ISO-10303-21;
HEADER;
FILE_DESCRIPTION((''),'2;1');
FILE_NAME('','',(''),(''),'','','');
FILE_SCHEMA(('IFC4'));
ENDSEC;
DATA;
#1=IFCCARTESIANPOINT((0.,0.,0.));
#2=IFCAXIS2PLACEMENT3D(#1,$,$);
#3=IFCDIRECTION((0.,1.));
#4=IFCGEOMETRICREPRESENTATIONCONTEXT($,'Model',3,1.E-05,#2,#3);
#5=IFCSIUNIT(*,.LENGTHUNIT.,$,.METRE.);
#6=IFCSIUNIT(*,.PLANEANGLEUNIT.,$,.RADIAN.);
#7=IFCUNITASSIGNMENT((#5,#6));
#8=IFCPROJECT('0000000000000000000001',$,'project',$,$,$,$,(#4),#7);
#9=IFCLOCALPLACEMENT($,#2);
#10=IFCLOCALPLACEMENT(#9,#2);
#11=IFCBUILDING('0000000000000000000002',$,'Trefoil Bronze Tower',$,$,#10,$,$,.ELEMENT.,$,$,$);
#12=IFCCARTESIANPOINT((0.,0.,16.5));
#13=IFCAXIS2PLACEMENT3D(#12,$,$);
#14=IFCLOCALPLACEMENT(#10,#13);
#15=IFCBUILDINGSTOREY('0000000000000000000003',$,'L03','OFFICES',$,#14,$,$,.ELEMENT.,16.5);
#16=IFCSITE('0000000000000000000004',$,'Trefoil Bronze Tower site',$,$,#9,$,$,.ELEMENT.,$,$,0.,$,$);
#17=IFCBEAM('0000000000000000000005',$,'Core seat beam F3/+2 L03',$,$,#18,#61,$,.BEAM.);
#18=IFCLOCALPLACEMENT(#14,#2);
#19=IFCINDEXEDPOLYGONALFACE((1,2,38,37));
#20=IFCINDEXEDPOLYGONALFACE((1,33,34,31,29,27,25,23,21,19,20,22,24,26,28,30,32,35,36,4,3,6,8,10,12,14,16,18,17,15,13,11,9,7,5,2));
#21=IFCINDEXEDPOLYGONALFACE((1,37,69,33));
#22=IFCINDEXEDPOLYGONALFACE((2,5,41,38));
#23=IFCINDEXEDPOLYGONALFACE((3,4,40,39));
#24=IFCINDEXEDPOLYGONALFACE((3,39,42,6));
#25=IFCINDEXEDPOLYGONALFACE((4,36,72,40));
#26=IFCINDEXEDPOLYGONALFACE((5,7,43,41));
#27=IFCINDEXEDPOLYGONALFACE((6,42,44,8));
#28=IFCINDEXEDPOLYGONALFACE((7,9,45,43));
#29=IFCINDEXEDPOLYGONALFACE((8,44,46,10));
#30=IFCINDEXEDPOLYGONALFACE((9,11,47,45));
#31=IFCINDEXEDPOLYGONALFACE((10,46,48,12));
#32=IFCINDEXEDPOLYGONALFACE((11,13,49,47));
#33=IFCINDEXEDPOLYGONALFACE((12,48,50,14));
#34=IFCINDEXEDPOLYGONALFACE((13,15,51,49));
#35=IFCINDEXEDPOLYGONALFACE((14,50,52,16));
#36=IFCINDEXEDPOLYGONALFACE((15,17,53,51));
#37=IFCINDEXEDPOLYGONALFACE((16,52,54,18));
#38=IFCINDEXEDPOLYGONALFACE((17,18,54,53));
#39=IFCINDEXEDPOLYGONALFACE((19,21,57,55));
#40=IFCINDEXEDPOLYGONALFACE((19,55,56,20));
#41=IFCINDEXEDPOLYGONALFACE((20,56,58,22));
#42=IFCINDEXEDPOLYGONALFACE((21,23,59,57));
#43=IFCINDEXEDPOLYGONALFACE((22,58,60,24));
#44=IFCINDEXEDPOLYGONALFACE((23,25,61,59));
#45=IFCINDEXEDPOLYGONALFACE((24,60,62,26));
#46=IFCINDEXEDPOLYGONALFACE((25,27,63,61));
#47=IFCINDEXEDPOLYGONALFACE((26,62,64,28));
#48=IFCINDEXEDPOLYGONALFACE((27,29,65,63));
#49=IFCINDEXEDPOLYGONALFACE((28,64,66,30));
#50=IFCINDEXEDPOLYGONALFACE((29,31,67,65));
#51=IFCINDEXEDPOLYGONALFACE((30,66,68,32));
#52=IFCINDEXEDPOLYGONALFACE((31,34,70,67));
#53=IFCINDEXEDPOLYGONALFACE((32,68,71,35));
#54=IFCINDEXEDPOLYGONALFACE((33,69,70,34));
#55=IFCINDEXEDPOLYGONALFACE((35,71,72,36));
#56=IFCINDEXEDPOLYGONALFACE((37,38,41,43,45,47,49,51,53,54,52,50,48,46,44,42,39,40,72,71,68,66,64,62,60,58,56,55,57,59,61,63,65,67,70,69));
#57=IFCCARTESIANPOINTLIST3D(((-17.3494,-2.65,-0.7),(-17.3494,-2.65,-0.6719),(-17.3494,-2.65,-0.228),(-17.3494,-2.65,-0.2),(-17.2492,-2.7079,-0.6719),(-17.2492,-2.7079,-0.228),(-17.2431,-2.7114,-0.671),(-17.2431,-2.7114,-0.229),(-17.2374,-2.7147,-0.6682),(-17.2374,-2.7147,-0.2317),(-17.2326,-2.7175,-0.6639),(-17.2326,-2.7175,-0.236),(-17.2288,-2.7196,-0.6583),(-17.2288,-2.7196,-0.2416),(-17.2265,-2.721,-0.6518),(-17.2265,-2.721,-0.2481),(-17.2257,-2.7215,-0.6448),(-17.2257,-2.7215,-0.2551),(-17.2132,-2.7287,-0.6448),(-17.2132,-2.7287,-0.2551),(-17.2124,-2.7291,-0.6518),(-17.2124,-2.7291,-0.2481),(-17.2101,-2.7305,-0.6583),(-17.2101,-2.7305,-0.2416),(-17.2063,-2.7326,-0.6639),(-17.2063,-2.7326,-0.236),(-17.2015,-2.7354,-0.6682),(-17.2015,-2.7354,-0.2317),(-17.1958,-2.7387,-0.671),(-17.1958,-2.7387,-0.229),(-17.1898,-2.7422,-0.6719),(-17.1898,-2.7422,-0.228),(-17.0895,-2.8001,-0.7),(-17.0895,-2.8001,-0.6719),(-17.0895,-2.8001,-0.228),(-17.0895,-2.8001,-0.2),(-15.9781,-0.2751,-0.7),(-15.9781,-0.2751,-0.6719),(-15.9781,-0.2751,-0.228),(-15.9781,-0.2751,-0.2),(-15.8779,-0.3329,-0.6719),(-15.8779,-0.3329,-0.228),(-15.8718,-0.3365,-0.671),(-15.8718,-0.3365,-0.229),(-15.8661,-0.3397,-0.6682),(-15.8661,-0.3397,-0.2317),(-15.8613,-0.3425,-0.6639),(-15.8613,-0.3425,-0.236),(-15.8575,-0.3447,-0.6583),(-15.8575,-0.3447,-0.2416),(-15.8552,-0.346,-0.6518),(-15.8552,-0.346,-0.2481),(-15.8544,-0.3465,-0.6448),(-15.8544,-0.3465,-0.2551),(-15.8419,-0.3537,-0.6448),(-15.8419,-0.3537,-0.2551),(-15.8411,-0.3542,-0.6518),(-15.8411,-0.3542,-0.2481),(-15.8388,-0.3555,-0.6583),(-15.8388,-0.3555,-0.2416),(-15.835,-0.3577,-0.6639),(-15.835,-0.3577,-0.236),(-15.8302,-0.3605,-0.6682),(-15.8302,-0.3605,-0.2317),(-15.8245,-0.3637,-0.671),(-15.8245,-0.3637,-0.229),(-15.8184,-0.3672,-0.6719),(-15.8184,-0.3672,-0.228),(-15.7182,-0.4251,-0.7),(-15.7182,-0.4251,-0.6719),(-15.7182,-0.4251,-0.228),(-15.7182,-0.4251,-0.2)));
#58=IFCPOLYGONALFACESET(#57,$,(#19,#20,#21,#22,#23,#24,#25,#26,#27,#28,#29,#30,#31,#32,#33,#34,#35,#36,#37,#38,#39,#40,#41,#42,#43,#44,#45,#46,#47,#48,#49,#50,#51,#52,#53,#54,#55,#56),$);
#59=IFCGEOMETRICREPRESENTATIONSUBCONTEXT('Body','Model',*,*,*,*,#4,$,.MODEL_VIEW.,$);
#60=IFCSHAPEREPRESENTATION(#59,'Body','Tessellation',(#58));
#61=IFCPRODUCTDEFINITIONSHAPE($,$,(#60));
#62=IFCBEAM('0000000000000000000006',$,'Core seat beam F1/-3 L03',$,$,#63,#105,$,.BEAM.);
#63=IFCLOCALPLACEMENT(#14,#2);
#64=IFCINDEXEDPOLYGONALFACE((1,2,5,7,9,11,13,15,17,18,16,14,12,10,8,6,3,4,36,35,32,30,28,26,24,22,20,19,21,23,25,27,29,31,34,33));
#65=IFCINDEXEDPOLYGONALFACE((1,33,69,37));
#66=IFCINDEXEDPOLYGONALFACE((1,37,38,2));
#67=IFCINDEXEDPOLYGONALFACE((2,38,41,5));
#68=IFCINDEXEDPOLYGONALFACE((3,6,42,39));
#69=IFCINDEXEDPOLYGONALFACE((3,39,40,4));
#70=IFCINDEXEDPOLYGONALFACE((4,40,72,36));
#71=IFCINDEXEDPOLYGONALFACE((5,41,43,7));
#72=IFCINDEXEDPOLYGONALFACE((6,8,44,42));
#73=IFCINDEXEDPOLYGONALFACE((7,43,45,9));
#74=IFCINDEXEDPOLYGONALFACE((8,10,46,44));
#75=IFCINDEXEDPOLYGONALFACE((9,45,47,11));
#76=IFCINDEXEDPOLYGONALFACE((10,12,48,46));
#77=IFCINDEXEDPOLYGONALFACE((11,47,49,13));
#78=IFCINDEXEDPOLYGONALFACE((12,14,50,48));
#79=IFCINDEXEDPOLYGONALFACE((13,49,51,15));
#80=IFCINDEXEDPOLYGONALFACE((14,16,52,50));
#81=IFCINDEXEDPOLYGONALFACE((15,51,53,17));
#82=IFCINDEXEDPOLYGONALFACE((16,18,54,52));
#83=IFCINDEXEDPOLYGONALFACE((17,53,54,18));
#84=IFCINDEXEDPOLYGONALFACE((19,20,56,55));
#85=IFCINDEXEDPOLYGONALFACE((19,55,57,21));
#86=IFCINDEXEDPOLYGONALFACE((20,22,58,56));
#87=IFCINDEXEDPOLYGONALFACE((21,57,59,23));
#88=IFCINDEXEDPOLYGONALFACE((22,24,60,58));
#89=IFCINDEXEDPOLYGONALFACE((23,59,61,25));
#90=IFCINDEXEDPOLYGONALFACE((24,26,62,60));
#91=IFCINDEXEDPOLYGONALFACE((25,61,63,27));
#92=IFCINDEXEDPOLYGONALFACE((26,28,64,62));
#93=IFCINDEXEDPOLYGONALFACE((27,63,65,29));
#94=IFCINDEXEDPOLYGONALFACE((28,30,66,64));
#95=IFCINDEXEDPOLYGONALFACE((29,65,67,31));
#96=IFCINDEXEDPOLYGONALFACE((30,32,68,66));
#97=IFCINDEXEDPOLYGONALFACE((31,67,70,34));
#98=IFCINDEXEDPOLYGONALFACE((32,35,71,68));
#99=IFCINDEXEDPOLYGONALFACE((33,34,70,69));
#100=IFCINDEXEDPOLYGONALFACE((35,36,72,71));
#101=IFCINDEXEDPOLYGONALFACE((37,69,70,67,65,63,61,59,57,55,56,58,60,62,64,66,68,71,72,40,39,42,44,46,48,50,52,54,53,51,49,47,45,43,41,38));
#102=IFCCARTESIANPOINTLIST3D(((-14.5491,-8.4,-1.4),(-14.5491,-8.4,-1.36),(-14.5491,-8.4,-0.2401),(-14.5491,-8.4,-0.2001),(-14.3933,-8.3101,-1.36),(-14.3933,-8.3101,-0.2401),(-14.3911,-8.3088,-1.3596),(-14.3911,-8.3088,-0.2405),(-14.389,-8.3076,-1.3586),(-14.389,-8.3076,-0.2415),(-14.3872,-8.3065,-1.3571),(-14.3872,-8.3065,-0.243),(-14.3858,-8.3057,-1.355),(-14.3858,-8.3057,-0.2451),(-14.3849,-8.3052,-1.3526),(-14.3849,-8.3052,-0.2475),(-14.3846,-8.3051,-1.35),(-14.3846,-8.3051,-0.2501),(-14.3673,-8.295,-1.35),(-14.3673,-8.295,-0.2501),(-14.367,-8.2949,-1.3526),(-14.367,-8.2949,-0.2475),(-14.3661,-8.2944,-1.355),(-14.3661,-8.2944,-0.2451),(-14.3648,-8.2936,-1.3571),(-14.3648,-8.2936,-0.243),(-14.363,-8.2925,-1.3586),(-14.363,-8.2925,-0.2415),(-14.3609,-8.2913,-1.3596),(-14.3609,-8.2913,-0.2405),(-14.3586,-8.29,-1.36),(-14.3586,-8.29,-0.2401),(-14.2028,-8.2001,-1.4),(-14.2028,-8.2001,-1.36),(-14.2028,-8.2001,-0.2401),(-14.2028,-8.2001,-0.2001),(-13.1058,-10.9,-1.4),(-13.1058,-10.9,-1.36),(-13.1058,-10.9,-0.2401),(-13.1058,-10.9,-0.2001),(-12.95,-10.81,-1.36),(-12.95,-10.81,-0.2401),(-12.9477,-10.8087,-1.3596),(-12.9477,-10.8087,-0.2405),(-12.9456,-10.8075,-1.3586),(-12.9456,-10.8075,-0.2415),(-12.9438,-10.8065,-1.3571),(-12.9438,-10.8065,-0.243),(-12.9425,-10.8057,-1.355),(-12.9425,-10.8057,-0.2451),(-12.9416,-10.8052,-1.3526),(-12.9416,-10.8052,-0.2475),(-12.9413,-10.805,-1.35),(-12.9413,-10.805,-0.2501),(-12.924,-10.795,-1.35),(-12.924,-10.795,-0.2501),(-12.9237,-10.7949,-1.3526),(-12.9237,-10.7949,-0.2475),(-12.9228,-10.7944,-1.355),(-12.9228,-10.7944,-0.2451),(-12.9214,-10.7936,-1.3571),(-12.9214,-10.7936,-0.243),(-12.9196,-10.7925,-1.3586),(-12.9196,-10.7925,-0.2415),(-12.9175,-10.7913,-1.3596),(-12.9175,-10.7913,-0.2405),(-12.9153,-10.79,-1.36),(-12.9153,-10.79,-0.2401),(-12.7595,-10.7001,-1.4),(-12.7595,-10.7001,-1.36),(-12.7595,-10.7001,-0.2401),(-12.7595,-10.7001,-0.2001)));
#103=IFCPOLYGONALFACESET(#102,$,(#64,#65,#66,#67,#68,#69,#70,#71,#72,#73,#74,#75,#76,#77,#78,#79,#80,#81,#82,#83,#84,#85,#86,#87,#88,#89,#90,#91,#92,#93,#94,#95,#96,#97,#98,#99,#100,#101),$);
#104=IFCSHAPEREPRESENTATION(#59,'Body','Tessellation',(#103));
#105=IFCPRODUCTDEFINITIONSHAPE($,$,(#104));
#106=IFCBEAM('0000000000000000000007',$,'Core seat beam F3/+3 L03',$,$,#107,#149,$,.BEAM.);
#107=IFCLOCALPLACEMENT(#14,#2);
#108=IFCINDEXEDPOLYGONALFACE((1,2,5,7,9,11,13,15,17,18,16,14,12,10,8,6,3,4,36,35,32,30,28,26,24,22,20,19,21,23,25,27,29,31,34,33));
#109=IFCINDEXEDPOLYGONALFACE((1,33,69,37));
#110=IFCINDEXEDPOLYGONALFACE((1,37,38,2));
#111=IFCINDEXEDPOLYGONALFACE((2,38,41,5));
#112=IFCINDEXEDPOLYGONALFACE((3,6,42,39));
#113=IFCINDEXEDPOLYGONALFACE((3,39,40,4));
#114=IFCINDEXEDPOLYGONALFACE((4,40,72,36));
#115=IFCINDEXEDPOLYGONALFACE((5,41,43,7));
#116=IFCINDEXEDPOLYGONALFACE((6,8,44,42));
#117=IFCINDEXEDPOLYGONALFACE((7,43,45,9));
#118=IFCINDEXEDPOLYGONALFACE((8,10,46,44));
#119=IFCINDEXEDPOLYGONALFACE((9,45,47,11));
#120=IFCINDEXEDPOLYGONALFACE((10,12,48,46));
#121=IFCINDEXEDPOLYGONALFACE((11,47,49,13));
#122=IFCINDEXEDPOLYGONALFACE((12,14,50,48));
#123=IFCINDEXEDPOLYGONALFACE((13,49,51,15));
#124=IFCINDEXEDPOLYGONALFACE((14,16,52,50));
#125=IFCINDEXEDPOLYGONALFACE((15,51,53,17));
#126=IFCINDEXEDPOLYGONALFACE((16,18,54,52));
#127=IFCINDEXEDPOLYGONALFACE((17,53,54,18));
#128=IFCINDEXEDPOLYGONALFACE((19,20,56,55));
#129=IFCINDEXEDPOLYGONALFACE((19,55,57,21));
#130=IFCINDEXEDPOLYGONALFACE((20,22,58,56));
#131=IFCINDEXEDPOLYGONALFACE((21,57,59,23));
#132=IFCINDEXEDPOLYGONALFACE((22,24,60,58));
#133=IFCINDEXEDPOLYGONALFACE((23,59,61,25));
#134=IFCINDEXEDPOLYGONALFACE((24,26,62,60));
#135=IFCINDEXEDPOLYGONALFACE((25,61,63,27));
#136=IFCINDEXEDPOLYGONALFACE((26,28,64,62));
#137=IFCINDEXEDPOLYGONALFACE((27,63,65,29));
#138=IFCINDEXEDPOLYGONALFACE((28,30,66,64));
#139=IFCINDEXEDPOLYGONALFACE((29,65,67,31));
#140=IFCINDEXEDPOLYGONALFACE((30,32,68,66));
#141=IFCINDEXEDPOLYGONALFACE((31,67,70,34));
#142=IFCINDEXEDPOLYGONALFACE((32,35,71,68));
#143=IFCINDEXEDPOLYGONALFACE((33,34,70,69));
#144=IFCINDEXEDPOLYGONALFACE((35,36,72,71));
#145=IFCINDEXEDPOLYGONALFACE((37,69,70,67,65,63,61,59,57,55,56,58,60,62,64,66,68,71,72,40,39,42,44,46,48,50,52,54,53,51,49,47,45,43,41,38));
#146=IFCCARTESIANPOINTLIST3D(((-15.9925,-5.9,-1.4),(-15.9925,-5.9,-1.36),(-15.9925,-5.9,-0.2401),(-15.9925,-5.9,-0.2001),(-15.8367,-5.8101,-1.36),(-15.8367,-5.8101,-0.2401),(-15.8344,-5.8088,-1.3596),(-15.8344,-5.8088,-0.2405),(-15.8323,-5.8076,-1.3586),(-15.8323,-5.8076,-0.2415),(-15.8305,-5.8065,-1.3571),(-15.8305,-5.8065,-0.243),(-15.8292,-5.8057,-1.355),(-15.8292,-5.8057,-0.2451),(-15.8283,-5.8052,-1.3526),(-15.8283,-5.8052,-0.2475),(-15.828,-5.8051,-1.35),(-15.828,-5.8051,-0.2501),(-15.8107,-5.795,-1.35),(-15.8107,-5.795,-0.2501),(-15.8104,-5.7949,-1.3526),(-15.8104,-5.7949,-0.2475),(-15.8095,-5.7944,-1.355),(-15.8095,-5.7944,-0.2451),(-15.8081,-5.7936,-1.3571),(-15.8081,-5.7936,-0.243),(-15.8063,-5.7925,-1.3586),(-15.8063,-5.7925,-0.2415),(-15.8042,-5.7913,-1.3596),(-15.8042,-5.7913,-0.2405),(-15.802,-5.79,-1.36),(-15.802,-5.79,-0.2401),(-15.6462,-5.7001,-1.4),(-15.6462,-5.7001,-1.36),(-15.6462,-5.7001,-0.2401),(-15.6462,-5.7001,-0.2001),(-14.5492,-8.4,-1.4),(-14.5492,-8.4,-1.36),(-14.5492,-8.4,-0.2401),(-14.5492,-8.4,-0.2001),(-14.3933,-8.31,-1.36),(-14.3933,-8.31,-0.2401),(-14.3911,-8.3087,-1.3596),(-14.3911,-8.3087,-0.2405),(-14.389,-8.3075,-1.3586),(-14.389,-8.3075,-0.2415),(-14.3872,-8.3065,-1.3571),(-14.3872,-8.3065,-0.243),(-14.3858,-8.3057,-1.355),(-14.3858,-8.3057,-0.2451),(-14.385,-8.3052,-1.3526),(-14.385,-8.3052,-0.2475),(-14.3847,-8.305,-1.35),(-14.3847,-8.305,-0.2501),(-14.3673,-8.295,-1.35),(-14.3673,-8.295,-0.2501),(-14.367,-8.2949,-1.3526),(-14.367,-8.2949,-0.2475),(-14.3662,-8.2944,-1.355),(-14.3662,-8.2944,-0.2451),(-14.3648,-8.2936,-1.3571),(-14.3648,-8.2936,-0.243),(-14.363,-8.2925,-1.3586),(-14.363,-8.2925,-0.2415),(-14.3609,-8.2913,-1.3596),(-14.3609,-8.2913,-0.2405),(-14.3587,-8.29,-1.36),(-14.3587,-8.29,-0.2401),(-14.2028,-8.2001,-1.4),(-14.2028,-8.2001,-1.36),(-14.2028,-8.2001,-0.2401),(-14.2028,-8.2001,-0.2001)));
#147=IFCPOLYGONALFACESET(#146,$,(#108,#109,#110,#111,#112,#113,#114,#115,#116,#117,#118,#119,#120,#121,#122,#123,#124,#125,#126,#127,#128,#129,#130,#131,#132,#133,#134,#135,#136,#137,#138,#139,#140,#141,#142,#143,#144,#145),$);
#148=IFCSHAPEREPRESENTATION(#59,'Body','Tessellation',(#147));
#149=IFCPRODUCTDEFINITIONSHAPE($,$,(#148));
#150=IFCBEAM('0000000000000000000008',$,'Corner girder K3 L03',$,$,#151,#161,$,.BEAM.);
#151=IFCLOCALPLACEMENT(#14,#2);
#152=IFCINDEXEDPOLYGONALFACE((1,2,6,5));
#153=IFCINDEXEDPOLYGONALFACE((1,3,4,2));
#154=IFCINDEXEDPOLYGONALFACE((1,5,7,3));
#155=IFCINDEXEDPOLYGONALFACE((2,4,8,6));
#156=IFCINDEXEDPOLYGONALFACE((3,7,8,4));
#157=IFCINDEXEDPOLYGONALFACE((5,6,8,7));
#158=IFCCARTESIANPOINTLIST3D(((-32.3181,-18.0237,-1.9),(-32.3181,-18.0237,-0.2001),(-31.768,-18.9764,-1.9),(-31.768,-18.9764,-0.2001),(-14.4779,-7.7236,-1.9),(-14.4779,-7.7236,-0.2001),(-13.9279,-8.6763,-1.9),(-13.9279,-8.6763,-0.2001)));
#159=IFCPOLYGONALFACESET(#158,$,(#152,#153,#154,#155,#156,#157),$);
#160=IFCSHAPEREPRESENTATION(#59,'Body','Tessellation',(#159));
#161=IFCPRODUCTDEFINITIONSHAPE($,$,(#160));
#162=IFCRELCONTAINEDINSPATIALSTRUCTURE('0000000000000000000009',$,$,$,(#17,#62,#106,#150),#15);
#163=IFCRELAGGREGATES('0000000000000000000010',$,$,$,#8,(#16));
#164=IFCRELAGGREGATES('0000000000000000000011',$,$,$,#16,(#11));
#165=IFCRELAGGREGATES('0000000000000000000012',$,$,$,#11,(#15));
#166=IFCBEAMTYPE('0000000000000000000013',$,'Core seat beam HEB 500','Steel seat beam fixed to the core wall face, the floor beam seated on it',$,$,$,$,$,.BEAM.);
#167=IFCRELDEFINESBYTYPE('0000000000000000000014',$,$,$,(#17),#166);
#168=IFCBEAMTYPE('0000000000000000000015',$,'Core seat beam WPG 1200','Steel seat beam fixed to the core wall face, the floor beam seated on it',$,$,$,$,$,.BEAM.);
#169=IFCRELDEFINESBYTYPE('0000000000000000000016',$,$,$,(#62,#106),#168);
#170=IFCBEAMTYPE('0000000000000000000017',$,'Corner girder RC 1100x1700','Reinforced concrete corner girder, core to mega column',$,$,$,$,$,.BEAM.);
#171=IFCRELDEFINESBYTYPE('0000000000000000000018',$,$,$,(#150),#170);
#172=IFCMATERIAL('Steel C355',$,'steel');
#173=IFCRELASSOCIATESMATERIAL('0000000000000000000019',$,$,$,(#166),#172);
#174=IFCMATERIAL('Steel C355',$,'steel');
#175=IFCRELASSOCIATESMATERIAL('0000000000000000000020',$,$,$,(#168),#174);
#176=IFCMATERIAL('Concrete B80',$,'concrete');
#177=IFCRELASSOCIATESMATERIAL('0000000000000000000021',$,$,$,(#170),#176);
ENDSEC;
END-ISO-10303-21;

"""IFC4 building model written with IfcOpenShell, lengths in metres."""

from ifc_helpers import new_model, si_unit, direction, frame, origin, origin_2d, place, context, subcontext, project, spatial, rectangle, i_section, extrude, material, material_profile, profile_set, type_object, element, save


model = new_model("IFC4")

# Units and contexts
model_context = context("Model", 3, precision=1e-05, world=origin(), true_north=direction((0.0, 1.0)))
body_context = subcontext(model_context, "Body", "Model", "MODEL_VIEW")
ifc_project = project(units=[si_unit("LENGTHUNIT", "METRE"), si_unit("PLANEANGLEUNIT", "RADIAN")], contexts=[model_context])

# Site, building, storey
site_placement = place(None, origin())
site = spatial("IfcSite", under=ifc_project, at=site_placement, Name="Trefoil Bronze Tower site", CompositionType="ELEMENT", RefElevation=0.0)
building_placement = place(site_placement, origin())
building = spatial("IfcBuilding", under=site, at=building_placement, Name="Trefoil Bronze Tower", CompositionType="ELEMENT")
storey_placement = place(building_placement, frame((0.0, 0.0, 16.5)))
storey = spatial("IfcBuildingStorey", under=building, at=storey_placement, Name="L03", Description="OFFICES", CompositionType="ELEMENT", Elevation=16.5)

# Beams
ifc_material_1 = material(Name="Steel C355", Category="steel")
ifc_material_profile_1 = material_profile(ifc_material_1, i_section(OverallWidth=0.3, OverallDepth=0.5, WebThickness=0.0144, FlangeThickness=0.0281, FilletRadius=0.0271, at=origin_2d()), Name="HEB 500")
ifc_profile_set_1 = profile_set([ifc_material_profile_1], Name="Steel C355")
beam_type_1 = type_object("IfcBeamType", Name="Core seat beam HEB 500", Description="Steel seat beam fixed to the core wall face, the floor beam seated on it", PredefinedType="BEAM", material=ifc_profile_set_1)
beam_1_placement = place(storey_placement, frame((-15.8481, -0.3501, -0.45), z_axis=(-0.500036, -0.866005, 0.0), x_axis=(0.866005, -0.500036, 0.0)))
element("IfcBeam", 1, at=beam_1_placement, inside=storey, type_object=beam_type_1, Name="Core seat beam F3/+2 L03", PredefinedType="BEAM", context=body_context, shape_type="SweptSolid", body=[
    extrude(i_section(OverallWidth=0.3, OverallDepth=0.5, WebThickness=0.0144, FlangeThickness=0.0281, FilletRadius=0.0271, at=origin_2d()), origin(), (0.0, 0.0, 1.0), 2.7424),
])
ifc_material_2 = material(Name="Steel C355", Category="steel")
ifc_material_profile_2 = material_profile(ifc_material_2, i_section(OverallWidth=0.3999, OverallDepth=1.2, WebThickness=0.02, FlangeThickness=0.04, FilletRadius=0.01, at=origin_2d()), Name="WPG 1200")
ifc_profile_set_2 = profile_set([ifc_material_profile_2], Name="Steel C355")
beam_type_2 = type_object("IfcBeamType", Name="Core seat beam WPG 1200", Description="Steel seat beam fixed to the core wall face, the floor beam seated on it", PredefinedType="BEAM", material=ifc_profile_set_2)
for number, where, z_axis, x_axis, name in (
    (2, (-14.376, -8.3, -0.8), (0.499996, -0.866028, 0.0), (0.866028, 0.499996, 0.0), "Core seat beam F1/-3 L03"),
    (3, (-15.8193, -5.8, -0.8), (0.499996, -0.866028, 0.0), (0.866028, 0.499996, 0.0), "Core seat beam F3/+3 L03"),
):
    element("IfcBeam", number, at=place(storey_placement, frame(where, z_axis=z_axis, x_axis=x_axis)), inside=storey, type_object=beam_type_2, Name=name, PredefinedType="BEAM", context=body_context, shape_type="SweptSolid", body=[
        extrude(i_section(OverallWidth=0.3999, OverallDepth=1.2, WebThickness=0.02, FlangeThickness=0.04, FilletRadius=0.01, at=origin_2d()), origin(), (0.0, 0.0, 1.0), 2.8867),
    ])
ifc_material_3 = material(Name="Concrete B80", Category="concrete")
ifc_material_profile_3 = material_profile(ifc_material_3, rectangle(XDim=1.1001, YDim=1.7, at=origin_2d()), Name="RC 1100x1700")
ifc_profile_set_3 = profile_set([ifc_material_profile_3], Name="Concrete B80")
beam_type_3 = type_object("IfcBeamType", Name="Corner girder RC 1100x1700", Description="Reinforced concrete corner girder, core to mega column", PredefinedType="BEAM", material=ifc_profile_set_3)
beam_2_placement = place(storey_placement, frame((-14.2029, -8.2, -1.05), z_axis=(-0.866024, -0.500003, 0.0), x_axis=(0.500003, -0.866024, 0.0)))
element("IfcBeam", 4, at=beam_2_placement, inside=storey, type_object=beam_type_3, Name="Corner girder K3 L03", PredefinedType="BEAM", context=body_context, shape_type="SweptSolid", body=[
    extrude(rectangle(XDim=1.1001, YDim=1.7, at=origin_2d()), origin(), (0.0, 0.0, 1.0), 20.6001),
])

save(model, "model.ifc")
